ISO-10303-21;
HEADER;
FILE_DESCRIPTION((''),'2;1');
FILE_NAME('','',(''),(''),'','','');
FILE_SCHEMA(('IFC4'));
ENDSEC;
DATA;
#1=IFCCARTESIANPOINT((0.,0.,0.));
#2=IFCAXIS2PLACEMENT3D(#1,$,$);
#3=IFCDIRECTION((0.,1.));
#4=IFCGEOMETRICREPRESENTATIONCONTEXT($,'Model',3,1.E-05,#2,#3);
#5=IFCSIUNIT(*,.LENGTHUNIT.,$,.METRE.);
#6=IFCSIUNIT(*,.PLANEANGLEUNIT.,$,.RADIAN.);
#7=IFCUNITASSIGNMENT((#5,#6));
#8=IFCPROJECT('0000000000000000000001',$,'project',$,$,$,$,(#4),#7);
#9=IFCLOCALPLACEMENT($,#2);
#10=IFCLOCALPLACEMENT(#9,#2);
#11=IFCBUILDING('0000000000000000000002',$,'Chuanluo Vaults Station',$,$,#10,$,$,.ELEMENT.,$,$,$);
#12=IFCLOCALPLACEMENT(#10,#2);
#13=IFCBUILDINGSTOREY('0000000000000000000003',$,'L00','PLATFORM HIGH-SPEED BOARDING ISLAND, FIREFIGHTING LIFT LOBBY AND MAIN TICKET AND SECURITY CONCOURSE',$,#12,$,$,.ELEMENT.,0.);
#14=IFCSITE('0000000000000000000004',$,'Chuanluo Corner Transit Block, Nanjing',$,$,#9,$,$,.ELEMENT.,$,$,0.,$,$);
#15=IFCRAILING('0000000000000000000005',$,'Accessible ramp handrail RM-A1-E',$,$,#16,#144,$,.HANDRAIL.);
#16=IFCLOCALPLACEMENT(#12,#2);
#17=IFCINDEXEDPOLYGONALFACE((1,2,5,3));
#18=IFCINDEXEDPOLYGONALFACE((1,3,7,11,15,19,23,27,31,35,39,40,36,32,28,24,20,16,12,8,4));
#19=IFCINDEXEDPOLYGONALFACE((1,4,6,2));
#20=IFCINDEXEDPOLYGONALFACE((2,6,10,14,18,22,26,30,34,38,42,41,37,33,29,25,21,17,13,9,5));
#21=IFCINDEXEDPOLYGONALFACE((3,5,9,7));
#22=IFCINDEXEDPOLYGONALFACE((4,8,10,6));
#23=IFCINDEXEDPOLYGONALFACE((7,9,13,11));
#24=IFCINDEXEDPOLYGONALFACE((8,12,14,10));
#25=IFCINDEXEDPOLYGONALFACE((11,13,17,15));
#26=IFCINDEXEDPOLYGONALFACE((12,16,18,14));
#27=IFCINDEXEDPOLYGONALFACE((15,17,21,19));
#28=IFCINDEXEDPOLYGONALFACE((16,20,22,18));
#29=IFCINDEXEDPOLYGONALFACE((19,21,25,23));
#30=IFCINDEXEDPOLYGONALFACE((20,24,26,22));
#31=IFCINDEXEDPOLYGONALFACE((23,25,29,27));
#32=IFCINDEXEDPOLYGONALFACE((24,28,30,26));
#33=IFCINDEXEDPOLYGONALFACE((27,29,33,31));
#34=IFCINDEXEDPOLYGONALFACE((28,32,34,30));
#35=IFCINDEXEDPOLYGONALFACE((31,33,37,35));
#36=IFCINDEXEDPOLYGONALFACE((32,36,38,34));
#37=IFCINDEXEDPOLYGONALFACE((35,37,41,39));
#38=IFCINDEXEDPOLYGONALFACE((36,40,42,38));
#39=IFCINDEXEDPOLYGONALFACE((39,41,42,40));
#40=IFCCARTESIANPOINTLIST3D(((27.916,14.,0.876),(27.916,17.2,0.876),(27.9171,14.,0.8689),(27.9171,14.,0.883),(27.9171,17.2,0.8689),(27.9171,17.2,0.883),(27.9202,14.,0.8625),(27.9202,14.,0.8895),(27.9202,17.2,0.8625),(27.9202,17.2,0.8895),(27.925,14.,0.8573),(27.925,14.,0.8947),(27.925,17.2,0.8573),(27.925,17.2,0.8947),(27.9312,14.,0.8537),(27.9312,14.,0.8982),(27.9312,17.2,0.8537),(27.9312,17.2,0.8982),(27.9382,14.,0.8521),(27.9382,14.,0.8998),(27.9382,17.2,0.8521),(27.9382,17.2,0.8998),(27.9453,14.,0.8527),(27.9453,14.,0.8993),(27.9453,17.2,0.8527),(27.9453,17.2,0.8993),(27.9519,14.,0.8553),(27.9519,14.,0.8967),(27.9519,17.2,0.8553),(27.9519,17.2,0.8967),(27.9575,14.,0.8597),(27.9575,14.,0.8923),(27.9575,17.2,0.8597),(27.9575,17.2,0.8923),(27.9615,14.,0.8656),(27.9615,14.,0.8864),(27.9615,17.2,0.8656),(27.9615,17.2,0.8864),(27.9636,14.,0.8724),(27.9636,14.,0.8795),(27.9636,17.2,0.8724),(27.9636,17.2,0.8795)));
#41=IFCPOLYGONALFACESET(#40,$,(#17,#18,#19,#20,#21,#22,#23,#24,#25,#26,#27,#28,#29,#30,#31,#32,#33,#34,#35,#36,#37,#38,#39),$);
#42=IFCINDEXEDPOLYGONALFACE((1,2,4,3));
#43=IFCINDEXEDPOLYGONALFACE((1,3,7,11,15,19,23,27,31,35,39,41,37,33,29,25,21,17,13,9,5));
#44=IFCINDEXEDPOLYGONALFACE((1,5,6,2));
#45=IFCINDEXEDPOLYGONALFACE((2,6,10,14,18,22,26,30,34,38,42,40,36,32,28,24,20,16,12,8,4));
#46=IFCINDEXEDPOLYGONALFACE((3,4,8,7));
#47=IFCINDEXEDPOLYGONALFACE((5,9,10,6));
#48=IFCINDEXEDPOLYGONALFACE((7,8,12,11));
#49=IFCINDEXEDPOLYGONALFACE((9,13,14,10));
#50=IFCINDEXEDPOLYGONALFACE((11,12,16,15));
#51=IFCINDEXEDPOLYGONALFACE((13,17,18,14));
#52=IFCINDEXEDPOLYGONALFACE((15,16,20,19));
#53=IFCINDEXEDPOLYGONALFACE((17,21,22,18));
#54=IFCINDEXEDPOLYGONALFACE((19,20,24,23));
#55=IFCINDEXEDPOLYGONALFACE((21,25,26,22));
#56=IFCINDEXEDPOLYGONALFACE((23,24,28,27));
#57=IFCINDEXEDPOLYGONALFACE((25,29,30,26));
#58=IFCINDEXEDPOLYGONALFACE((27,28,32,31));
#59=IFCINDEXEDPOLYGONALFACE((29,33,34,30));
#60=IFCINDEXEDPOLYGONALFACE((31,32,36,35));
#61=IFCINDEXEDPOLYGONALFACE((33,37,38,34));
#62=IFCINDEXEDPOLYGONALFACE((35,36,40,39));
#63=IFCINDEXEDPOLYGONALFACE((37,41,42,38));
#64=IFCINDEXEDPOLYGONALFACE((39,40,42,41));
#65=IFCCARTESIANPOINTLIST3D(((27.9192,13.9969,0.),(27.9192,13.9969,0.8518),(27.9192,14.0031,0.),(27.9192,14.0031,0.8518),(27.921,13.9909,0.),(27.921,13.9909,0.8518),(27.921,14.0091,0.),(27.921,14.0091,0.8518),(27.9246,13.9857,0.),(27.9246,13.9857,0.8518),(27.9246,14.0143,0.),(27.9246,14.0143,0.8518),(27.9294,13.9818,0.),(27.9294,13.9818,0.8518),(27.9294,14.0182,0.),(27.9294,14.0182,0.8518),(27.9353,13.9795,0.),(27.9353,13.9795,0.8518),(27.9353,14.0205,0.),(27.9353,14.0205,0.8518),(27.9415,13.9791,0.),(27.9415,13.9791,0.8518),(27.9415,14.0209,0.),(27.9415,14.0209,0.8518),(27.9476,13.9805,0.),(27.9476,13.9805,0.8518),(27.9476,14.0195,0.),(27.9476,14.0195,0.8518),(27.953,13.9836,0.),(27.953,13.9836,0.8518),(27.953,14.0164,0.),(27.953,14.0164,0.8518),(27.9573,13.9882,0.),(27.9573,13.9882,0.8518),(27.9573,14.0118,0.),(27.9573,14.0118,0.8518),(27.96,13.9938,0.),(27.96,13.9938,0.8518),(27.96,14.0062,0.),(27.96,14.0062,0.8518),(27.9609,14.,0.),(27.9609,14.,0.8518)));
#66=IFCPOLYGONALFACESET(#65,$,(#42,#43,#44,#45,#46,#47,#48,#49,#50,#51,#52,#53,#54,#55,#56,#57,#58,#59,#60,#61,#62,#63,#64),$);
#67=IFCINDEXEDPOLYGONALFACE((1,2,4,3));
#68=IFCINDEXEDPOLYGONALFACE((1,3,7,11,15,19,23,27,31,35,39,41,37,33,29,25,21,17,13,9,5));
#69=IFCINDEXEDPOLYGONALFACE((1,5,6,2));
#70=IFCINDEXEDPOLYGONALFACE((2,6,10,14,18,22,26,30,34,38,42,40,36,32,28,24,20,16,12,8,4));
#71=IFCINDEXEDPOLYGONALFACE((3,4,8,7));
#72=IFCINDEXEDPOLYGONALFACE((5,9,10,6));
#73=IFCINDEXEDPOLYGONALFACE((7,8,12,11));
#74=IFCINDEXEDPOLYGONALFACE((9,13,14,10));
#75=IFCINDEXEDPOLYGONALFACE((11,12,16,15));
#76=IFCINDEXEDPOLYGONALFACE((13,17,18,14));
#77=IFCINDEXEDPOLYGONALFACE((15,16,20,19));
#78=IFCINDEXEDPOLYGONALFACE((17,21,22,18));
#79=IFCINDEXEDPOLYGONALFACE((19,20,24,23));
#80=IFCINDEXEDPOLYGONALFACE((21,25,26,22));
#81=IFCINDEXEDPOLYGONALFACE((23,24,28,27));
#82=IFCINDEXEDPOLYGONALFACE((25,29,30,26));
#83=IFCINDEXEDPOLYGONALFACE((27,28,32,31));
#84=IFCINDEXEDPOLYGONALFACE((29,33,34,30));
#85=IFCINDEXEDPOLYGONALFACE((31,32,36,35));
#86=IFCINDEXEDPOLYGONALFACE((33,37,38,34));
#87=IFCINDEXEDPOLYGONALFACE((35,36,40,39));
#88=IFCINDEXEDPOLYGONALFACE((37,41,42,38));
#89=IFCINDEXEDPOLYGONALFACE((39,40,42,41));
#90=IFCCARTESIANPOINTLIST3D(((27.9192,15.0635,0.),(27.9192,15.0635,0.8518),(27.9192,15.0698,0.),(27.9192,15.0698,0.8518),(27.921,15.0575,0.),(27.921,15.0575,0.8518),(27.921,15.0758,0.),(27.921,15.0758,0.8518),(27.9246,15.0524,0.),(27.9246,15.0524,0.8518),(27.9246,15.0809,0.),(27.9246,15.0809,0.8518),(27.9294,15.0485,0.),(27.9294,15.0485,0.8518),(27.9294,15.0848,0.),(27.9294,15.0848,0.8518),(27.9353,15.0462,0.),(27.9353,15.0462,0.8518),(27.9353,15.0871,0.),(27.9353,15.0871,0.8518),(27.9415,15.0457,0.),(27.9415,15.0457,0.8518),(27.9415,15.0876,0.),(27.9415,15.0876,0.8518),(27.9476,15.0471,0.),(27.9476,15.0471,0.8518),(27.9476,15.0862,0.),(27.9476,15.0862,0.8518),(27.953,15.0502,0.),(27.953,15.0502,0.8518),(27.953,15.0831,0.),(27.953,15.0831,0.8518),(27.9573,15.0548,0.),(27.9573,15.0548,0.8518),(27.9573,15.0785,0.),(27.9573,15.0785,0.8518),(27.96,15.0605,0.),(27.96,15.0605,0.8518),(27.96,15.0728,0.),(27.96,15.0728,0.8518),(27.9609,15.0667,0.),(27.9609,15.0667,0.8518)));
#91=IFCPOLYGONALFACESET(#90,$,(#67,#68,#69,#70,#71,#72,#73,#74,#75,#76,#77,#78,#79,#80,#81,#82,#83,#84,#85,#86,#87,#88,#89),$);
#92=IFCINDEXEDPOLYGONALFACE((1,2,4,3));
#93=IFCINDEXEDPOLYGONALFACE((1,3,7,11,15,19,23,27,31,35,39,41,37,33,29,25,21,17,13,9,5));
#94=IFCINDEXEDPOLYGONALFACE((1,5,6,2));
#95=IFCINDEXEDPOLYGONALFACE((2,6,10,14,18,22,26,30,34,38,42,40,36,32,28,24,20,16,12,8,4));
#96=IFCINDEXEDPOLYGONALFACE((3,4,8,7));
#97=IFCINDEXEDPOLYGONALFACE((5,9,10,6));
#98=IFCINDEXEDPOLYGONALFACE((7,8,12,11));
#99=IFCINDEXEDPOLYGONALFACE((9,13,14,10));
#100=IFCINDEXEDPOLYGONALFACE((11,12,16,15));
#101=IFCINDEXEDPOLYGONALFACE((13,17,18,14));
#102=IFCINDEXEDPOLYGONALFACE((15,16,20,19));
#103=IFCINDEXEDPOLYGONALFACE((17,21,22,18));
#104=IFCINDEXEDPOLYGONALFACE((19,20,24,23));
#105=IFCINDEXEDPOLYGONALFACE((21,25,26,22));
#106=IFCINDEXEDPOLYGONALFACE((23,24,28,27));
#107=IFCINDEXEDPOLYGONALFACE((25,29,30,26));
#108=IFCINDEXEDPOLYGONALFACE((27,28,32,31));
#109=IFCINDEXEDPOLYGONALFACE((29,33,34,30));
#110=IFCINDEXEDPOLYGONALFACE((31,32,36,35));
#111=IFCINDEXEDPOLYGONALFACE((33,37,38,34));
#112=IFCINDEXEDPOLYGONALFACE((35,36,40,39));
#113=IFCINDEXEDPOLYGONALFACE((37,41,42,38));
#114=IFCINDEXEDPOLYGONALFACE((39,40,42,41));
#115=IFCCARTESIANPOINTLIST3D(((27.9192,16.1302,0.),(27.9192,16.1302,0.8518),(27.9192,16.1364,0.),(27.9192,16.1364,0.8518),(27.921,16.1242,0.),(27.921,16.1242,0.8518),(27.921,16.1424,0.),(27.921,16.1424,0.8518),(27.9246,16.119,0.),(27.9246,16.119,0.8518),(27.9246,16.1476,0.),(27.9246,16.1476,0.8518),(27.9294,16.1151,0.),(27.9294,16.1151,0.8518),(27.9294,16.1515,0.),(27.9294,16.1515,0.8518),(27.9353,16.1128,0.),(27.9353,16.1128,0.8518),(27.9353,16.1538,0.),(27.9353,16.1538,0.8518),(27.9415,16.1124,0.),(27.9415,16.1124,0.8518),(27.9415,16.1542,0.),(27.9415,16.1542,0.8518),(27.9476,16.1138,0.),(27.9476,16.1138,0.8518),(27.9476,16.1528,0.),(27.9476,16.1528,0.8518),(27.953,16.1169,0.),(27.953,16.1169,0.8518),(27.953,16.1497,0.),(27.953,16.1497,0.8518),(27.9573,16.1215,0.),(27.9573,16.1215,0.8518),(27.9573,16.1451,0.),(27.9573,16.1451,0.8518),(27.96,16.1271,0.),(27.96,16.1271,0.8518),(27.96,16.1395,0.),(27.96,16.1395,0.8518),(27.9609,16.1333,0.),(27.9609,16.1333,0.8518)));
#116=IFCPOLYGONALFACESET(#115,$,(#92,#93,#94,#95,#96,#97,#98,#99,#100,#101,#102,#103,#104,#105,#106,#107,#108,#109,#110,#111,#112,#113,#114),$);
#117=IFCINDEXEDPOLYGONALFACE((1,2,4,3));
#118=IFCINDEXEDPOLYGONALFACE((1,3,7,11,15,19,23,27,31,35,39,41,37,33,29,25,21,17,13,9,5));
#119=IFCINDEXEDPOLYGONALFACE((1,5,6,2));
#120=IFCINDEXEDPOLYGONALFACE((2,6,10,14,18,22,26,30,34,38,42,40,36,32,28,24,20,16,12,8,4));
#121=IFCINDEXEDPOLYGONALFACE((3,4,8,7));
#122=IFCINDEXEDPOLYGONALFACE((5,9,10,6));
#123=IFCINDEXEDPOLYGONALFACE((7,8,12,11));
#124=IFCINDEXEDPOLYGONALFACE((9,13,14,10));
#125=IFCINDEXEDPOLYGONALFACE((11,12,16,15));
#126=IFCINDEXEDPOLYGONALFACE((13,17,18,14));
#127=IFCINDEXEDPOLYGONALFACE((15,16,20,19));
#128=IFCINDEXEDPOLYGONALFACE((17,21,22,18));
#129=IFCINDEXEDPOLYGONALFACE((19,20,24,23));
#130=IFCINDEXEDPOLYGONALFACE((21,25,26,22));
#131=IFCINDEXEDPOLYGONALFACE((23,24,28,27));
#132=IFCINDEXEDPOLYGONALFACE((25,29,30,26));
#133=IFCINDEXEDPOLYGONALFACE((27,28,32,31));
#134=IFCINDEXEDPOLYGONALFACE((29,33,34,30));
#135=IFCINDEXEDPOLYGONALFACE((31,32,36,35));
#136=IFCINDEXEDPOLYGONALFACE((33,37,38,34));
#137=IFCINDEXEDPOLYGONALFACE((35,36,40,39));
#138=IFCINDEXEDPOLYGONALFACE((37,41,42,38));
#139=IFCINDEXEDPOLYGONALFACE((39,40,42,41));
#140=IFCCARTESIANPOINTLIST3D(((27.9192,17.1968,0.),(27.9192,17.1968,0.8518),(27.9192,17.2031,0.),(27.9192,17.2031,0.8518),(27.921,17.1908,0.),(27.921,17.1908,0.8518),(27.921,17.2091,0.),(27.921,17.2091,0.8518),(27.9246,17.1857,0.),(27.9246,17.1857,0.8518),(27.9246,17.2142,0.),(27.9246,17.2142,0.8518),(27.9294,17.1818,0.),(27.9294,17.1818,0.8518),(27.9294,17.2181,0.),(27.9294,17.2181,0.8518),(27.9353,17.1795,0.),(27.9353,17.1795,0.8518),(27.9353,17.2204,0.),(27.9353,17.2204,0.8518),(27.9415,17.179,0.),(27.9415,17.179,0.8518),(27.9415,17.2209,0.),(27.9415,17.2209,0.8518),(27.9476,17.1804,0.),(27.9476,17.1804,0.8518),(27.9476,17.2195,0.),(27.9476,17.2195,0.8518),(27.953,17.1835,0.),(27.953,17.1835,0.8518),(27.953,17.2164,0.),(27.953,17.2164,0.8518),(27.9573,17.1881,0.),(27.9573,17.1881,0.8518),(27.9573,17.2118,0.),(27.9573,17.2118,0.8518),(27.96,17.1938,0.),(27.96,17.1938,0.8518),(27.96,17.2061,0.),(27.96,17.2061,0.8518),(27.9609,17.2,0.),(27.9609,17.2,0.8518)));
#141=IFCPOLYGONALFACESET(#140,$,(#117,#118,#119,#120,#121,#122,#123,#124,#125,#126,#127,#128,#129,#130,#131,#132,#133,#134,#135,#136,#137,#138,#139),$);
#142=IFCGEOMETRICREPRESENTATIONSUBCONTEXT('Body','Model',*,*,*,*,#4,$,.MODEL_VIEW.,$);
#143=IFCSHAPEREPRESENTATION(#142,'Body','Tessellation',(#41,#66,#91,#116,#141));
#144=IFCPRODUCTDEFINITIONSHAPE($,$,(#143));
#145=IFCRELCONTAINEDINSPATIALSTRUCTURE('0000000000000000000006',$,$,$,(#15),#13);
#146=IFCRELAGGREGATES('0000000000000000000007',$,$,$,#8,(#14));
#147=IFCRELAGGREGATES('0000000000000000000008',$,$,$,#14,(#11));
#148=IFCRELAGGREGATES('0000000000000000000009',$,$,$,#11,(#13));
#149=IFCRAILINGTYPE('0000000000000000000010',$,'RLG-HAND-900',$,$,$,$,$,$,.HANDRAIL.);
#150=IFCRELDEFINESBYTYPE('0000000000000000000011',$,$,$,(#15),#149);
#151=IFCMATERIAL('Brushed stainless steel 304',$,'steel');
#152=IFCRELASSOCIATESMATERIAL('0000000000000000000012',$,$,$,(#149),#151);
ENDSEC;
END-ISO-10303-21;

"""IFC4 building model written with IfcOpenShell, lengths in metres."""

from ifc_helpers import new_model, si_unit, direction, frame, origin, origin_2d, place, context, subcontext, project, spatial, circle, extrude, material, type_object, element, save


model = new_model("IFC4")

# Units and contexts
model_context = context("Model", 3, precision=1e-05, world=origin(), true_north=direction((0.0, 1.0)))
body_context = subcontext(model_context, "Body", "Model", "MODEL_VIEW")
ifc_project = project(units=[si_unit("LENGTHUNIT", "METRE"), si_unit("PLANEANGLEUNIT", "RADIAN")], contexts=[model_context])

# Site, building, storey
site_placement = place(None, origin())
site = spatial("IfcSite", under=ifc_project, at=site_placement, Name="Chuanluo Corner Transit Block, Nanjing", CompositionType="ELEMENT", RefElevation=0.0)
building_placement = place(site_placement, origin())
building = spatial("IfcBuilding", under=site, at=building_placement, Name="Chuanluo Vaults Station", CompositionType="ELEMENT")
storey_placement = place(building_placement, origin())
storey = spatial("IfcBuildingStorey", under=building, at=storey_placement, Name="L00", Description="PLATFORM HIGH-SPEED BOARDING ISLAND, FIREFIGHTING LIFT LOBBY AND MAIN TICKET AND SECURITY CONCOURSE", CompositionType="ELEMENT", Elevation=0.0)

# Railing
ifc_material_1 = material(Name="Brushed stainless steel 304", Category="steel")
railing_type_1 = type_object("IfcRailingType", Name="RLG-HAND-900", PredefinedType="HANDRAIL", material=ifc_material_1)
for number, where, name in (
    (1, (27.9399, 14.0, 0.0), "Accessible ramp handrail RM-A1-E"),
):
    element("IfcRailing", number, at=place(storey_placement, frame(where)), inside=storey, type_object=railing_type_1, Name=name, PredefinedType="HANDRAIL", context=body_context, shape_type="SweptSolid", body=[
        extrude(circle(Radius=0.0239, at=origin_2d()), frame((0.0, 0.0, 0.876), z_axis=(0.0, 1.0, 0.0), x_axis=(-1.0, 0.0, 0.0)), (0.0, 0.0, 1.0), 3.2),
        extrude(circle(Radius=0.021, at=origin_2d()), origin(), (0.0, 0.0, 1.0), 0.8518),
        extrude(circle(Radius=0.021, at=origin_2d()), frame((0.0, 1.0667, 0.0)), (0.0, 0.0, 1.0), 0.8518),
        extrude(circle(Radius=0.021, at=origin_2d()), frame((0.0, 2.1333, 0.0)), (0.0, 0.0, 1.0), 0.8518),
        extrude(circle(Radius=0.021, at=origin_2d()), frame((0.0, 3.2, 0.0)), (0.0, 0.0, 1.0), 0.8518),
    ])

save(model, "model.ifc")
